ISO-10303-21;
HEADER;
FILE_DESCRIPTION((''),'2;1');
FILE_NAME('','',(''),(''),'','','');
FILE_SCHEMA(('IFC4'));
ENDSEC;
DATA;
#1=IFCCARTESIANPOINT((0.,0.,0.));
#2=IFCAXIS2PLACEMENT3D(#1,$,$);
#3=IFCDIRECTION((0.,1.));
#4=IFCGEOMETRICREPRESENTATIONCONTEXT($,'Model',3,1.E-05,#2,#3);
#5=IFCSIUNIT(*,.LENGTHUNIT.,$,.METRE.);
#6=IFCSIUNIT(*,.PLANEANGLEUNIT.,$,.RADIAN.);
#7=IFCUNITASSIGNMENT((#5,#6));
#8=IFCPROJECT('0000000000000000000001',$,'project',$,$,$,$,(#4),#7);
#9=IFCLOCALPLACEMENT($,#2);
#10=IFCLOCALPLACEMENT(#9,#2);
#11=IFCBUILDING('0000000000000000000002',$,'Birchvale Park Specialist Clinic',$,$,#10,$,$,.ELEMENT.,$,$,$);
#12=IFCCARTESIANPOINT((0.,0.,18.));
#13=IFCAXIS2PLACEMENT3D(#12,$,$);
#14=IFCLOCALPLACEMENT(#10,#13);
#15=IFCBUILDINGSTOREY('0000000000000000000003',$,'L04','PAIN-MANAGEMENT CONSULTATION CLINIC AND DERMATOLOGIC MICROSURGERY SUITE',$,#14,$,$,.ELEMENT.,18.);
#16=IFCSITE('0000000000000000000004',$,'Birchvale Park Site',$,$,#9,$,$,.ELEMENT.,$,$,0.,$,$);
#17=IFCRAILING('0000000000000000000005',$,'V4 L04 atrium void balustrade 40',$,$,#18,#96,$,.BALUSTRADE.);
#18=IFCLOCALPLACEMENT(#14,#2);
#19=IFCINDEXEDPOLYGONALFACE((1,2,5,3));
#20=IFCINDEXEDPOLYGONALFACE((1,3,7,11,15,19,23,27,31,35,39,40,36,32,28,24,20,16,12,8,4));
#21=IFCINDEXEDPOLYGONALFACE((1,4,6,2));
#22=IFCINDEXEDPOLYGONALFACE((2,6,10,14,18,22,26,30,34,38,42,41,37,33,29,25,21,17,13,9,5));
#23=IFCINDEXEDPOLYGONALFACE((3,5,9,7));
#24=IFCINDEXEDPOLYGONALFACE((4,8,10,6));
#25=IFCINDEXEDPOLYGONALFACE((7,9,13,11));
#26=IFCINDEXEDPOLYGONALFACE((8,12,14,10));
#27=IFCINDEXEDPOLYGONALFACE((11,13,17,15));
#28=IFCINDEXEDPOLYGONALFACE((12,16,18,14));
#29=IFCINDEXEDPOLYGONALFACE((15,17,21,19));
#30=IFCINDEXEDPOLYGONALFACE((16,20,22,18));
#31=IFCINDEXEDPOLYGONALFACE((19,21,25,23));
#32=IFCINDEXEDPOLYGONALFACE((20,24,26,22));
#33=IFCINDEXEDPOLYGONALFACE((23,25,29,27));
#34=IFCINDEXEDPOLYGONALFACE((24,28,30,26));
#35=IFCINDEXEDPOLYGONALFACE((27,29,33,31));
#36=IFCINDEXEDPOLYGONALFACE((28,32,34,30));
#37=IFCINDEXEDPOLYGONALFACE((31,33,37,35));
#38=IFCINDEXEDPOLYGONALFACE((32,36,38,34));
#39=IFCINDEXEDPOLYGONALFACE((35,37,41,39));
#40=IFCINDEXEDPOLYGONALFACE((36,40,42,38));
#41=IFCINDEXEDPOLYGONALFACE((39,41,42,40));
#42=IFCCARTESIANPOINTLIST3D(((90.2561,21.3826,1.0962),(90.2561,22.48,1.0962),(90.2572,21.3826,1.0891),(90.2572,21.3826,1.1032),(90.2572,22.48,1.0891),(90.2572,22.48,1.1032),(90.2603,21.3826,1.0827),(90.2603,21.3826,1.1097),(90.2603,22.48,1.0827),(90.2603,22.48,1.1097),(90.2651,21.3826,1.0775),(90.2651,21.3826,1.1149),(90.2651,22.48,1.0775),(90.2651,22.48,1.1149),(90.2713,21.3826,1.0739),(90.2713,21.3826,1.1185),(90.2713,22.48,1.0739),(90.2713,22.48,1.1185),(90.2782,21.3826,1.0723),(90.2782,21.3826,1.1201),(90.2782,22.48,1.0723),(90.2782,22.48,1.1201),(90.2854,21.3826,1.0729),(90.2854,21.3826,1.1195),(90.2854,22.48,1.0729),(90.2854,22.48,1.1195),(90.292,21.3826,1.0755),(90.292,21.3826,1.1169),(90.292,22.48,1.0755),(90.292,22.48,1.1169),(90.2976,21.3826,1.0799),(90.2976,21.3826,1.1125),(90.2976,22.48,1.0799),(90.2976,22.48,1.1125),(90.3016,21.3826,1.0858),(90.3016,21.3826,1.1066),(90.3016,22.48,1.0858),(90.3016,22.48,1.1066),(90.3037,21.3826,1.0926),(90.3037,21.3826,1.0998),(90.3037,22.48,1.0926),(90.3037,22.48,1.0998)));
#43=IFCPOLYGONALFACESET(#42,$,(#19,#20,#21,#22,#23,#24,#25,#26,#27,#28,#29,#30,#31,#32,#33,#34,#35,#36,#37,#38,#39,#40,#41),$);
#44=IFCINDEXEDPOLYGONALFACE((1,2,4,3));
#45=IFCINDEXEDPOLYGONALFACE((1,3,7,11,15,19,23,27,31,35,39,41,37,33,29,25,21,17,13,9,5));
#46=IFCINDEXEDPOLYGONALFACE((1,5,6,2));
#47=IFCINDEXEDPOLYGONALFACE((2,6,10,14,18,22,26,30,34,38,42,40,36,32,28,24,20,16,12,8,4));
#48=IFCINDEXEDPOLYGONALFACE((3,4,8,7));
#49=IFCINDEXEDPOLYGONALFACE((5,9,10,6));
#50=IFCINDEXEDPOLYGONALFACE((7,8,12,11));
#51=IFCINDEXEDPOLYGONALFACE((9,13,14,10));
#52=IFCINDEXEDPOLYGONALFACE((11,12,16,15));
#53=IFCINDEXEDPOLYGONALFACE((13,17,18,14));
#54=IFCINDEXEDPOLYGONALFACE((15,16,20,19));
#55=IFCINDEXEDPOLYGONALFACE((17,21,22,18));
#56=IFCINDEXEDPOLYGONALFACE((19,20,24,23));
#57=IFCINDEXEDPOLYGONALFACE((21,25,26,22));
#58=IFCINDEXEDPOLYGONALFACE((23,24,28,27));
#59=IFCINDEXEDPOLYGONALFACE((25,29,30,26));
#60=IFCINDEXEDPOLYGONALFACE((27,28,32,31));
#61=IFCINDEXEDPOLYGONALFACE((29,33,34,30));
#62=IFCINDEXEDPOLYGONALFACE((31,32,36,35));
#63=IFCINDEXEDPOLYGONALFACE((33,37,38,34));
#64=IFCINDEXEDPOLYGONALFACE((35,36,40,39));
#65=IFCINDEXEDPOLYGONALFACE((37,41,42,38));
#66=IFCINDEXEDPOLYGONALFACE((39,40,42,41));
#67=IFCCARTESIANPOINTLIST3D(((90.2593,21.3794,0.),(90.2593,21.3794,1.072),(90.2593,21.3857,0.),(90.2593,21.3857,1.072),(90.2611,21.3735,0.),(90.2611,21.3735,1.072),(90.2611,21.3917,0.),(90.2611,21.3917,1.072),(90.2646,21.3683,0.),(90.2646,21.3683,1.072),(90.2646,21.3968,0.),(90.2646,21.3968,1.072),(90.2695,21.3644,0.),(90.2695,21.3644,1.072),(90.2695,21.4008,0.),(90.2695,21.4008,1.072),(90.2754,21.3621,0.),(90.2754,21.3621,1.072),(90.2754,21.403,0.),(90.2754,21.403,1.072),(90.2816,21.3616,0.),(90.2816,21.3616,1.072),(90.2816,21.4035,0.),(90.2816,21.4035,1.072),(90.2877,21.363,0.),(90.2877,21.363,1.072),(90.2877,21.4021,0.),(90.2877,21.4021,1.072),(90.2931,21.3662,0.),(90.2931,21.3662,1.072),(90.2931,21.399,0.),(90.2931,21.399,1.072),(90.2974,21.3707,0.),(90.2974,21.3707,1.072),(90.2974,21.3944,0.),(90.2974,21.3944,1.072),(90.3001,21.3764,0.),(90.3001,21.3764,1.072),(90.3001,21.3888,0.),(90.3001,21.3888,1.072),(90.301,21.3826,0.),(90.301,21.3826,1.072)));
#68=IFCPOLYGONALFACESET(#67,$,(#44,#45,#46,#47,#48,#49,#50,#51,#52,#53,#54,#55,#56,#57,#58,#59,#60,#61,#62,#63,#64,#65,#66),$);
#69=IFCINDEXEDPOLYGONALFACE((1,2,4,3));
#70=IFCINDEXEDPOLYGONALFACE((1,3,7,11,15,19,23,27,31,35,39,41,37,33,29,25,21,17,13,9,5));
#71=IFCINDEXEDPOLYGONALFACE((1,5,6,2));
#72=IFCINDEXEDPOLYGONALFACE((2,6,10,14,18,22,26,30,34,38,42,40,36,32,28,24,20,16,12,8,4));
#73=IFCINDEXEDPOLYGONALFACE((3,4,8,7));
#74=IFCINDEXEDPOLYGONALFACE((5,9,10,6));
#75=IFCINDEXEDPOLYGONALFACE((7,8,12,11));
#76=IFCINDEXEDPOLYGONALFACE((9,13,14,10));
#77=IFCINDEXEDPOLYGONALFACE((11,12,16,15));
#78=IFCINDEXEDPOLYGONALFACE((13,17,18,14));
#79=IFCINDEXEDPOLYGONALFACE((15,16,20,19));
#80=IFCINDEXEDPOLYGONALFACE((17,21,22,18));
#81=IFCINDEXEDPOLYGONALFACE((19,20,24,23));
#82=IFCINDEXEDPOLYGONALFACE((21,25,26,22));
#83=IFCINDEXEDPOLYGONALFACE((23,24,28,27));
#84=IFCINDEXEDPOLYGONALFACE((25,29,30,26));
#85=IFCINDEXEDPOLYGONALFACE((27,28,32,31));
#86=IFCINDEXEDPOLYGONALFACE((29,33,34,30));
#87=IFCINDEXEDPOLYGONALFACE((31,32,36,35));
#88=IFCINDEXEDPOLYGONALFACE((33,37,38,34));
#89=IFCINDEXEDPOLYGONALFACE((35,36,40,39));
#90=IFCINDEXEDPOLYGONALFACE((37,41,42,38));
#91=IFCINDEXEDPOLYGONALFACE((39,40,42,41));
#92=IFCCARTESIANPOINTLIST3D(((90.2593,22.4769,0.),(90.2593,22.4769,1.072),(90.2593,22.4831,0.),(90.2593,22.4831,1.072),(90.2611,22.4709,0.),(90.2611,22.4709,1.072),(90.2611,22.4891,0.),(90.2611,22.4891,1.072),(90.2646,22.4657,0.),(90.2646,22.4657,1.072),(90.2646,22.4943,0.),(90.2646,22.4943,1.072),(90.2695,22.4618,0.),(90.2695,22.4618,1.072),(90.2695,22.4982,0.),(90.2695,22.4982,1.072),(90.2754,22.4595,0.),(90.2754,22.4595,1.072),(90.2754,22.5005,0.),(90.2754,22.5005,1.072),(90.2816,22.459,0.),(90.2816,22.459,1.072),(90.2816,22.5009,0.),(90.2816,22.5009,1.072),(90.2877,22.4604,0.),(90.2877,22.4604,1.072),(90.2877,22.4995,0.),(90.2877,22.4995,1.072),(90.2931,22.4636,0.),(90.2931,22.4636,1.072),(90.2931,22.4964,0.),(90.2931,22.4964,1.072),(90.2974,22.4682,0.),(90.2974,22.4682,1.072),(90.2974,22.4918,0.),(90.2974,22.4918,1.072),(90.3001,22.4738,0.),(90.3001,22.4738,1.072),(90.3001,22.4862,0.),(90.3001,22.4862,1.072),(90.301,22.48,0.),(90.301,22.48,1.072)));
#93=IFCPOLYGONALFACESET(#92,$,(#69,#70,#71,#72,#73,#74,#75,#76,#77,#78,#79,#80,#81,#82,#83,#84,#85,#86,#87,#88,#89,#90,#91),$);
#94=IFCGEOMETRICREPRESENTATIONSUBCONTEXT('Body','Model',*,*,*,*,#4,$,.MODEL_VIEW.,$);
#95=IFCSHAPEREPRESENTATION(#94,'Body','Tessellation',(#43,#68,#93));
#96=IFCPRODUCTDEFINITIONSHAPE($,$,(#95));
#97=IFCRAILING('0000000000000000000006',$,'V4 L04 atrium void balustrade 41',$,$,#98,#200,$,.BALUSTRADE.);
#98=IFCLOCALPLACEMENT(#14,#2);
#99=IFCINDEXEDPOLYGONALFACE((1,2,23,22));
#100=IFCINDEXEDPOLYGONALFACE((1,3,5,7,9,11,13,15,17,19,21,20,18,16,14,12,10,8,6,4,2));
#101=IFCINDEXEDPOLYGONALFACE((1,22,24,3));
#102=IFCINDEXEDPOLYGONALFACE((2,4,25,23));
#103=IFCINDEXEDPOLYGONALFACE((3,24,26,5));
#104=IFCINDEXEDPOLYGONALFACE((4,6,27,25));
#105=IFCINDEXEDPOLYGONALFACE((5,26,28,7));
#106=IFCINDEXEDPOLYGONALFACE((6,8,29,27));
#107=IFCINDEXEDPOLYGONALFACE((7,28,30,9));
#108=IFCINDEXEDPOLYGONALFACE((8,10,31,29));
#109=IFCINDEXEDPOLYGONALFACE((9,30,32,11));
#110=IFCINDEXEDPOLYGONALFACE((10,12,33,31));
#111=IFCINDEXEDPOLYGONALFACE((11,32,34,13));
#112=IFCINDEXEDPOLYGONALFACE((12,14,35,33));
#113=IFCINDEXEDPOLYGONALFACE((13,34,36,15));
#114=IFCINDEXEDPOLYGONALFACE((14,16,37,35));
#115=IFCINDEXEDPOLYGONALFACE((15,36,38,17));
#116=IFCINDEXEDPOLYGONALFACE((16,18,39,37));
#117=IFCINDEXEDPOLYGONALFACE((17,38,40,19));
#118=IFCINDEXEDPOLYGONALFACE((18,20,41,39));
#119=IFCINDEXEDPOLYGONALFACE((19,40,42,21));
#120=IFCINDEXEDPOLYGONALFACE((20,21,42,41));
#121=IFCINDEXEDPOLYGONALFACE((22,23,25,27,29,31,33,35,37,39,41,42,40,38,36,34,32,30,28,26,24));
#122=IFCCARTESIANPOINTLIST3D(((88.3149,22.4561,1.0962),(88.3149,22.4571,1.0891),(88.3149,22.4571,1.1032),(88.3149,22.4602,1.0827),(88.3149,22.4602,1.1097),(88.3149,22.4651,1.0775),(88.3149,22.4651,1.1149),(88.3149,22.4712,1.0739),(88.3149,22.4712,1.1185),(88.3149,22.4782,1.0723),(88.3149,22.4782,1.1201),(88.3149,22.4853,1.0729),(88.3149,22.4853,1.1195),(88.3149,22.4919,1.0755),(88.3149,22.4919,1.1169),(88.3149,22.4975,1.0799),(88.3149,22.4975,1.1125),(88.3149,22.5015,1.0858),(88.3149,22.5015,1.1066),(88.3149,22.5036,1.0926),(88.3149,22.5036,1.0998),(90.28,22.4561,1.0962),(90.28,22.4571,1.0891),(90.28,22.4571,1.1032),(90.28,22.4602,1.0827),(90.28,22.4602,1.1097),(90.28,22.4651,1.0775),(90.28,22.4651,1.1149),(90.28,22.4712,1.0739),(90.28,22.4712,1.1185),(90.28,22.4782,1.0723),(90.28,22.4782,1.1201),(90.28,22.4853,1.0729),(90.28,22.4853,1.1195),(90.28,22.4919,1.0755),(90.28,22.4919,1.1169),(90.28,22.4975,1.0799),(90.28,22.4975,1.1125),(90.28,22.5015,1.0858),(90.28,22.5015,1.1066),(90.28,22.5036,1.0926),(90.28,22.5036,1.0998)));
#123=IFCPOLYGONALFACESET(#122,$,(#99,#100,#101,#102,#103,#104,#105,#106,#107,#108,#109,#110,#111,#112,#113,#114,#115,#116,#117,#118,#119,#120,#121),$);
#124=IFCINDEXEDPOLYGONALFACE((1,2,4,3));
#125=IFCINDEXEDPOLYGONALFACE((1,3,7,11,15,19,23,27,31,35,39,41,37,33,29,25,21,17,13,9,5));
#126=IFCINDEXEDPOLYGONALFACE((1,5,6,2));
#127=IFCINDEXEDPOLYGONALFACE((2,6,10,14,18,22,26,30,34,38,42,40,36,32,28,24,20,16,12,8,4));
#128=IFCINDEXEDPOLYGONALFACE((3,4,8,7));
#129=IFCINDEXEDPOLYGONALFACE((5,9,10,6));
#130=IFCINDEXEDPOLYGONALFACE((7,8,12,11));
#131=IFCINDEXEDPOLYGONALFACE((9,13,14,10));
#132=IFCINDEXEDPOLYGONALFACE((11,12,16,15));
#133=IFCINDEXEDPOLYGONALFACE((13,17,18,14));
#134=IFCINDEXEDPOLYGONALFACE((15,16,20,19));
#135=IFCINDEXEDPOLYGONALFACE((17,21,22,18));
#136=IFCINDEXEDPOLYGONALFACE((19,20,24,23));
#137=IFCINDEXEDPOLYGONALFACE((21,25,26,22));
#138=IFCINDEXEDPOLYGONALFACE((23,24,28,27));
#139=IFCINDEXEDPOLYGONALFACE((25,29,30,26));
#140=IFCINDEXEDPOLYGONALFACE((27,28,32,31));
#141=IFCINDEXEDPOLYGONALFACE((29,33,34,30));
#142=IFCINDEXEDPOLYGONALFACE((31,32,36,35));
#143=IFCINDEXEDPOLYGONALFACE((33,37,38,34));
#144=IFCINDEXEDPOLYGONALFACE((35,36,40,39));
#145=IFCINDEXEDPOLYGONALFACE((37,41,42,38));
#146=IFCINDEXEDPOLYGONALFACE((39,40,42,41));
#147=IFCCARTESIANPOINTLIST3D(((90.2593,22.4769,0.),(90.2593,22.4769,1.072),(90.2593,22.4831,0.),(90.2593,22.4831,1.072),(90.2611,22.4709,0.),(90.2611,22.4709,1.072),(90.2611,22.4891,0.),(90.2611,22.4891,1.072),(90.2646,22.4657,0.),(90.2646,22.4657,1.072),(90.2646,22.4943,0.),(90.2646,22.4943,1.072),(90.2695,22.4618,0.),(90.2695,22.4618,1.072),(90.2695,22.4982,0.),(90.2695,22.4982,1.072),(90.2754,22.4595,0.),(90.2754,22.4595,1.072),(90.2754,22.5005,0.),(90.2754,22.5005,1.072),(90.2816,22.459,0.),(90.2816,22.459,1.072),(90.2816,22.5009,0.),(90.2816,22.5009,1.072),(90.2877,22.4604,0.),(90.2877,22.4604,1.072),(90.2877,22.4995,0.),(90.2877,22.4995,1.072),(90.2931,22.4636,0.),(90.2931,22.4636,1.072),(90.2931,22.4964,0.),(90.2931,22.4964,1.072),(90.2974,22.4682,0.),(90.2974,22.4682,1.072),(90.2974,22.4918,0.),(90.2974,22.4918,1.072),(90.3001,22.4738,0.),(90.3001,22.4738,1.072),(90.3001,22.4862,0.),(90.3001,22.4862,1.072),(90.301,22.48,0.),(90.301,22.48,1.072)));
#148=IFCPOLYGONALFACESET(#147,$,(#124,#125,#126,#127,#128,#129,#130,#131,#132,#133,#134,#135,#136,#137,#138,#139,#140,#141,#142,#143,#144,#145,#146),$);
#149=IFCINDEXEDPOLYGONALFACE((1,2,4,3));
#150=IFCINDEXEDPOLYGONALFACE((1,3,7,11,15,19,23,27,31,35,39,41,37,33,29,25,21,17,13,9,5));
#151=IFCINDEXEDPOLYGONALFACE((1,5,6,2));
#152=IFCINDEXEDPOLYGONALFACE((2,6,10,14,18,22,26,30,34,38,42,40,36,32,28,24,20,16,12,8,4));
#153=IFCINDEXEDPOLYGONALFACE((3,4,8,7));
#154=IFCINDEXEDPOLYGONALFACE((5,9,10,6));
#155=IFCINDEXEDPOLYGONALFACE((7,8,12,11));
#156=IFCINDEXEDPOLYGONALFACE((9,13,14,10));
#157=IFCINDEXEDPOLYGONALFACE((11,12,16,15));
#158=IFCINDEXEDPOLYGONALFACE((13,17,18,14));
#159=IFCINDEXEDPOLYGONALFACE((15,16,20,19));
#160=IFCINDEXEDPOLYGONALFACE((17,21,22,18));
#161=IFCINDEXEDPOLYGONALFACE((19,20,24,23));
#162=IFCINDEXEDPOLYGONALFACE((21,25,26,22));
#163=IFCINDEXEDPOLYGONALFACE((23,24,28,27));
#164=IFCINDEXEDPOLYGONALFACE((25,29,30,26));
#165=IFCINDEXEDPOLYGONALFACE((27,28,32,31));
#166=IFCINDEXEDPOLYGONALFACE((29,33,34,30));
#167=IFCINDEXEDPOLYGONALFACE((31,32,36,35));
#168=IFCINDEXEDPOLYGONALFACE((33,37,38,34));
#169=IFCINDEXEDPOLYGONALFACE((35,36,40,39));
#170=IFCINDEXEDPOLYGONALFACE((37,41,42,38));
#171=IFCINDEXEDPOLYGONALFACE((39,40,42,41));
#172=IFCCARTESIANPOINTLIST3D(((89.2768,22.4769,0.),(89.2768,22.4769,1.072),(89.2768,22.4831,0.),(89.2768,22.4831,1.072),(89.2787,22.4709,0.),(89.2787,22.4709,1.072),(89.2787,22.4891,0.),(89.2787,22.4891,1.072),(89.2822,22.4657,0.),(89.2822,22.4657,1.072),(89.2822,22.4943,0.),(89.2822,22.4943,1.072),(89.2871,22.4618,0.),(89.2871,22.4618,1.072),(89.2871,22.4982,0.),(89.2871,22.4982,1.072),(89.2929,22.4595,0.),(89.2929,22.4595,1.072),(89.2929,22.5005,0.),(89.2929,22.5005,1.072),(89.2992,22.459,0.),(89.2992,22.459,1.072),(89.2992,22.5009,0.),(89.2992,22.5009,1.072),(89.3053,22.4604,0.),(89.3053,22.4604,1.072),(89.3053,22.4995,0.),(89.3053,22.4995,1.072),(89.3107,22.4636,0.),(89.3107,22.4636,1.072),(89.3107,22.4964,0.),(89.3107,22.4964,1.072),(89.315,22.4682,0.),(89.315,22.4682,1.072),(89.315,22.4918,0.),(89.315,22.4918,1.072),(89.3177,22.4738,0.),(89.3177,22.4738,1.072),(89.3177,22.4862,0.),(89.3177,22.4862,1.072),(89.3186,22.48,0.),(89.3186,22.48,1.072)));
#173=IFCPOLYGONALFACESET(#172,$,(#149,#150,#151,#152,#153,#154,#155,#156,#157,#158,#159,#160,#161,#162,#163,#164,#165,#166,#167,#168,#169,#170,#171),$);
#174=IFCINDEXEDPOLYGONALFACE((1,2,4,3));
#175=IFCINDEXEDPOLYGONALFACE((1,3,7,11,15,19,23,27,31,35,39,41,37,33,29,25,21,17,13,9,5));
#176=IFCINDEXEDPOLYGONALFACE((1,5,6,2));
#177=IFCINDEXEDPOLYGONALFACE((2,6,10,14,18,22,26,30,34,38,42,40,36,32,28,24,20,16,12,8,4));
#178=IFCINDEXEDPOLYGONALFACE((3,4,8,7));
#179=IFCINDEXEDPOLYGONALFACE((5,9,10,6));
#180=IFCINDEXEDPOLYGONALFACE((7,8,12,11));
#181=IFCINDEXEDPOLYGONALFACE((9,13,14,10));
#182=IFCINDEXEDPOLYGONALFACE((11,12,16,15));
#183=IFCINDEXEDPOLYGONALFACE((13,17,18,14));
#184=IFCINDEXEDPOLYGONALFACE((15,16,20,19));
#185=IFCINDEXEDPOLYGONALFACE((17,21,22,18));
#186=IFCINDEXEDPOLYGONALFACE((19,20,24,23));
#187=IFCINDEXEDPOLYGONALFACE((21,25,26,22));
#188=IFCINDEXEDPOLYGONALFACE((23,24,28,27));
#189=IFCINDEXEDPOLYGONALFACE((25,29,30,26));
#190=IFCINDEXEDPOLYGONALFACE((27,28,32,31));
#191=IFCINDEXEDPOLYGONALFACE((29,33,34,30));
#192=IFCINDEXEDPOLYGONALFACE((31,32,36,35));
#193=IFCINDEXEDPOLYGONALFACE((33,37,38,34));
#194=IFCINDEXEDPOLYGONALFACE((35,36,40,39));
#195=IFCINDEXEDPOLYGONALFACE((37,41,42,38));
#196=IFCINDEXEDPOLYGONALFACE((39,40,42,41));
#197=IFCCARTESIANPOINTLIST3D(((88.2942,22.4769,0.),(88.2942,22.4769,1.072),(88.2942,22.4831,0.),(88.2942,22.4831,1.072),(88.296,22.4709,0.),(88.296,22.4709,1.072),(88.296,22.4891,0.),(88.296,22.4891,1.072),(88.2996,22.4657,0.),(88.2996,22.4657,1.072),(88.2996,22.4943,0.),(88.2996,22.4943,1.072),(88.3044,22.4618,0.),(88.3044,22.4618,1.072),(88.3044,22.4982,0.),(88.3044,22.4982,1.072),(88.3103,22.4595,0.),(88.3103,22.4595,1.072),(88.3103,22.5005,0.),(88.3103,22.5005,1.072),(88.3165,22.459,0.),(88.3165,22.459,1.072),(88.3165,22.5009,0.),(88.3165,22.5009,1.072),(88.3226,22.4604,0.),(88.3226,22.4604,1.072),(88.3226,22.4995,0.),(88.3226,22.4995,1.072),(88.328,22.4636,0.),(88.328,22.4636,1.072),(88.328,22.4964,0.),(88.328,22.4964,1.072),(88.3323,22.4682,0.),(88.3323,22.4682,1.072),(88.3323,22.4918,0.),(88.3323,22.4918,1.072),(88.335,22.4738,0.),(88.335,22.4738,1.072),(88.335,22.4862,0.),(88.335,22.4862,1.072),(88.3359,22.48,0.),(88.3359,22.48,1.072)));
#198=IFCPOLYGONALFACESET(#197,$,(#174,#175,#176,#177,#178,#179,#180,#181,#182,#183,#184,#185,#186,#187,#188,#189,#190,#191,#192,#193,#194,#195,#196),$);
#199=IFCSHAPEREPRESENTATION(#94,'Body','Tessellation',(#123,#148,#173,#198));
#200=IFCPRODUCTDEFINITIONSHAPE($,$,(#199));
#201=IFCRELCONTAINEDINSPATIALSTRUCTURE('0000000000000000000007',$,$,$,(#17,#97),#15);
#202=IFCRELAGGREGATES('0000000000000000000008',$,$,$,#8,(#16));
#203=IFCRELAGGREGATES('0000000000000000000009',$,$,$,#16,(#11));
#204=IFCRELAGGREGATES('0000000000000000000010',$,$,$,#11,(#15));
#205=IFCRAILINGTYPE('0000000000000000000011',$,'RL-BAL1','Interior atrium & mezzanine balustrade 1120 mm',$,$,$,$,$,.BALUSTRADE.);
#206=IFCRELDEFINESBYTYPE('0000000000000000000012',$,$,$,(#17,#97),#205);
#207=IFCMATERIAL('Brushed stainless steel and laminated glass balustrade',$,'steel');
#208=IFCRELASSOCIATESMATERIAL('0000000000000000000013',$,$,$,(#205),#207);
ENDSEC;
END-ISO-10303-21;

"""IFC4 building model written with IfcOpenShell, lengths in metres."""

from ifc_helpers import new_model, si_unit, direction, frame, origin, origin_2d, place, context, subcontext, project, spatial, circle, extrude, material, type_object, element, save


model = new_model("IFC4")

# Units and contexts
model_context = context("Model", 3, precision=1e-05, world=origin(), true_north=direction((0.0, 1.0)))
body_context = subcontext(model_context, "Body", "Model", "MODEL_VIEW")
ifc_project = project(units=[si_unit("LENGTHUNIT", "METRE"), si_unit("PLANEANGLEUNIT", "RADIAN")], contexts=[model_context])

# Site, building, storey
site_placement = place(None, origin())
site = spatial("IfcSite", under=ifc_project, at=site_placement, Name="Birchvale Park Site", CompositionType="ELEMENT", RefElevation=0.0)
building_placement = place(site_placement, origin())
building = spatial("IfcBuilding", under=site, at=building_placement, Name="Birchvale Park Specialist Clinic", CompositionType="ELEMENT")
storey_placement = place(building_placement, frame((0.0, 0.0, 18.0)))
storey = spatial("IfcBuildingStorey", under=building, at=storey_placement, Name="L04", Description="PAIN-MANAGEMENT CONSULTATION CLINIC AND DERMATOLOGIC MICROSURGERY SUITE", CompositionType="ELEMENT", Elevation=18.0)

# Railings
ifc_material_1 = material(Name="Brushed stainless steel and laminated glass balustrade", Category="steel")
railing_type = type_object("IfcRailingType", Name="RL-BAL1", Description="Interior atrium & mezzanine balustrade 1120 mm", PredefinedType="BALUSTRADE", material=ifc_material_1)
railing_1_placement = place(storey_placement, frame((90.28, 21.3826, 0.0)))
element("IfcRailing", 1, at=railing_1_placement, inside=storey, type_object=railing_type, Name="V4 L04 atrium void balustrade 40", PredefinedType="BALUSTRADE", context=body_context, shape_type="SweptSolid", body=[
    extrude(circle(Radius=0.0239, at=origin_2d()), frame((0.0, 0.0, 1.0962), z_axis=(0.0, 1.0, 0.0), x_axis=(-1.0, 0.0, 0.0)), (0.0, 0.0, 1.0), 1.0974),
    extrude(circle(Radius=0.021, at=origin_2d()), origin(), (0.0, 0.0, 1.0), 1.072),
    extrude(circle(Radius=0.021, at=origin_2d()), frame((0.0, 1.0974, 0.0)), (0.0, 0.0, 1.0), 1.072),
])
railing_2_placement = place(storey_placement, frame((90.28, 22.48, 0.0)))
element("IfcRailing", 2, at=railing_2_placement, inside=storey, type_object=railing_type, Name="V4 L04 atrium void balustrade 41", PredefinedType="BALUSTRADE", context=body_context, shape_type="SweptSolid", body=[
    extrude(circle(Radius=0.0239, at=origin_2d()), frame((0.0, 0.0, 1.0962), z_axis=(-1.0, 0.0, 0.0), x_axis=(0.0, -1.0, 0.0)), (0.0, 0.0, 1.0), 1.9651),
    extrude(circle(Radius=0.021, at=origin_2d()), origin(), (0.0, 0.0, 1.0), 1.072),
    extrude(circle(Radius=0.021, at=origin_2d()), frame((-0.9824, 0.0, 0.0)), (0.0, 0.0, 1.0), 1.072),
    extrude(circle(Radius=0.021, at=origin_2d()), frame((-1.9651, 0.0, 0.0)), (0.0, 0.0, 1.0), 1.072),
])

save(model, "model.ifc")
